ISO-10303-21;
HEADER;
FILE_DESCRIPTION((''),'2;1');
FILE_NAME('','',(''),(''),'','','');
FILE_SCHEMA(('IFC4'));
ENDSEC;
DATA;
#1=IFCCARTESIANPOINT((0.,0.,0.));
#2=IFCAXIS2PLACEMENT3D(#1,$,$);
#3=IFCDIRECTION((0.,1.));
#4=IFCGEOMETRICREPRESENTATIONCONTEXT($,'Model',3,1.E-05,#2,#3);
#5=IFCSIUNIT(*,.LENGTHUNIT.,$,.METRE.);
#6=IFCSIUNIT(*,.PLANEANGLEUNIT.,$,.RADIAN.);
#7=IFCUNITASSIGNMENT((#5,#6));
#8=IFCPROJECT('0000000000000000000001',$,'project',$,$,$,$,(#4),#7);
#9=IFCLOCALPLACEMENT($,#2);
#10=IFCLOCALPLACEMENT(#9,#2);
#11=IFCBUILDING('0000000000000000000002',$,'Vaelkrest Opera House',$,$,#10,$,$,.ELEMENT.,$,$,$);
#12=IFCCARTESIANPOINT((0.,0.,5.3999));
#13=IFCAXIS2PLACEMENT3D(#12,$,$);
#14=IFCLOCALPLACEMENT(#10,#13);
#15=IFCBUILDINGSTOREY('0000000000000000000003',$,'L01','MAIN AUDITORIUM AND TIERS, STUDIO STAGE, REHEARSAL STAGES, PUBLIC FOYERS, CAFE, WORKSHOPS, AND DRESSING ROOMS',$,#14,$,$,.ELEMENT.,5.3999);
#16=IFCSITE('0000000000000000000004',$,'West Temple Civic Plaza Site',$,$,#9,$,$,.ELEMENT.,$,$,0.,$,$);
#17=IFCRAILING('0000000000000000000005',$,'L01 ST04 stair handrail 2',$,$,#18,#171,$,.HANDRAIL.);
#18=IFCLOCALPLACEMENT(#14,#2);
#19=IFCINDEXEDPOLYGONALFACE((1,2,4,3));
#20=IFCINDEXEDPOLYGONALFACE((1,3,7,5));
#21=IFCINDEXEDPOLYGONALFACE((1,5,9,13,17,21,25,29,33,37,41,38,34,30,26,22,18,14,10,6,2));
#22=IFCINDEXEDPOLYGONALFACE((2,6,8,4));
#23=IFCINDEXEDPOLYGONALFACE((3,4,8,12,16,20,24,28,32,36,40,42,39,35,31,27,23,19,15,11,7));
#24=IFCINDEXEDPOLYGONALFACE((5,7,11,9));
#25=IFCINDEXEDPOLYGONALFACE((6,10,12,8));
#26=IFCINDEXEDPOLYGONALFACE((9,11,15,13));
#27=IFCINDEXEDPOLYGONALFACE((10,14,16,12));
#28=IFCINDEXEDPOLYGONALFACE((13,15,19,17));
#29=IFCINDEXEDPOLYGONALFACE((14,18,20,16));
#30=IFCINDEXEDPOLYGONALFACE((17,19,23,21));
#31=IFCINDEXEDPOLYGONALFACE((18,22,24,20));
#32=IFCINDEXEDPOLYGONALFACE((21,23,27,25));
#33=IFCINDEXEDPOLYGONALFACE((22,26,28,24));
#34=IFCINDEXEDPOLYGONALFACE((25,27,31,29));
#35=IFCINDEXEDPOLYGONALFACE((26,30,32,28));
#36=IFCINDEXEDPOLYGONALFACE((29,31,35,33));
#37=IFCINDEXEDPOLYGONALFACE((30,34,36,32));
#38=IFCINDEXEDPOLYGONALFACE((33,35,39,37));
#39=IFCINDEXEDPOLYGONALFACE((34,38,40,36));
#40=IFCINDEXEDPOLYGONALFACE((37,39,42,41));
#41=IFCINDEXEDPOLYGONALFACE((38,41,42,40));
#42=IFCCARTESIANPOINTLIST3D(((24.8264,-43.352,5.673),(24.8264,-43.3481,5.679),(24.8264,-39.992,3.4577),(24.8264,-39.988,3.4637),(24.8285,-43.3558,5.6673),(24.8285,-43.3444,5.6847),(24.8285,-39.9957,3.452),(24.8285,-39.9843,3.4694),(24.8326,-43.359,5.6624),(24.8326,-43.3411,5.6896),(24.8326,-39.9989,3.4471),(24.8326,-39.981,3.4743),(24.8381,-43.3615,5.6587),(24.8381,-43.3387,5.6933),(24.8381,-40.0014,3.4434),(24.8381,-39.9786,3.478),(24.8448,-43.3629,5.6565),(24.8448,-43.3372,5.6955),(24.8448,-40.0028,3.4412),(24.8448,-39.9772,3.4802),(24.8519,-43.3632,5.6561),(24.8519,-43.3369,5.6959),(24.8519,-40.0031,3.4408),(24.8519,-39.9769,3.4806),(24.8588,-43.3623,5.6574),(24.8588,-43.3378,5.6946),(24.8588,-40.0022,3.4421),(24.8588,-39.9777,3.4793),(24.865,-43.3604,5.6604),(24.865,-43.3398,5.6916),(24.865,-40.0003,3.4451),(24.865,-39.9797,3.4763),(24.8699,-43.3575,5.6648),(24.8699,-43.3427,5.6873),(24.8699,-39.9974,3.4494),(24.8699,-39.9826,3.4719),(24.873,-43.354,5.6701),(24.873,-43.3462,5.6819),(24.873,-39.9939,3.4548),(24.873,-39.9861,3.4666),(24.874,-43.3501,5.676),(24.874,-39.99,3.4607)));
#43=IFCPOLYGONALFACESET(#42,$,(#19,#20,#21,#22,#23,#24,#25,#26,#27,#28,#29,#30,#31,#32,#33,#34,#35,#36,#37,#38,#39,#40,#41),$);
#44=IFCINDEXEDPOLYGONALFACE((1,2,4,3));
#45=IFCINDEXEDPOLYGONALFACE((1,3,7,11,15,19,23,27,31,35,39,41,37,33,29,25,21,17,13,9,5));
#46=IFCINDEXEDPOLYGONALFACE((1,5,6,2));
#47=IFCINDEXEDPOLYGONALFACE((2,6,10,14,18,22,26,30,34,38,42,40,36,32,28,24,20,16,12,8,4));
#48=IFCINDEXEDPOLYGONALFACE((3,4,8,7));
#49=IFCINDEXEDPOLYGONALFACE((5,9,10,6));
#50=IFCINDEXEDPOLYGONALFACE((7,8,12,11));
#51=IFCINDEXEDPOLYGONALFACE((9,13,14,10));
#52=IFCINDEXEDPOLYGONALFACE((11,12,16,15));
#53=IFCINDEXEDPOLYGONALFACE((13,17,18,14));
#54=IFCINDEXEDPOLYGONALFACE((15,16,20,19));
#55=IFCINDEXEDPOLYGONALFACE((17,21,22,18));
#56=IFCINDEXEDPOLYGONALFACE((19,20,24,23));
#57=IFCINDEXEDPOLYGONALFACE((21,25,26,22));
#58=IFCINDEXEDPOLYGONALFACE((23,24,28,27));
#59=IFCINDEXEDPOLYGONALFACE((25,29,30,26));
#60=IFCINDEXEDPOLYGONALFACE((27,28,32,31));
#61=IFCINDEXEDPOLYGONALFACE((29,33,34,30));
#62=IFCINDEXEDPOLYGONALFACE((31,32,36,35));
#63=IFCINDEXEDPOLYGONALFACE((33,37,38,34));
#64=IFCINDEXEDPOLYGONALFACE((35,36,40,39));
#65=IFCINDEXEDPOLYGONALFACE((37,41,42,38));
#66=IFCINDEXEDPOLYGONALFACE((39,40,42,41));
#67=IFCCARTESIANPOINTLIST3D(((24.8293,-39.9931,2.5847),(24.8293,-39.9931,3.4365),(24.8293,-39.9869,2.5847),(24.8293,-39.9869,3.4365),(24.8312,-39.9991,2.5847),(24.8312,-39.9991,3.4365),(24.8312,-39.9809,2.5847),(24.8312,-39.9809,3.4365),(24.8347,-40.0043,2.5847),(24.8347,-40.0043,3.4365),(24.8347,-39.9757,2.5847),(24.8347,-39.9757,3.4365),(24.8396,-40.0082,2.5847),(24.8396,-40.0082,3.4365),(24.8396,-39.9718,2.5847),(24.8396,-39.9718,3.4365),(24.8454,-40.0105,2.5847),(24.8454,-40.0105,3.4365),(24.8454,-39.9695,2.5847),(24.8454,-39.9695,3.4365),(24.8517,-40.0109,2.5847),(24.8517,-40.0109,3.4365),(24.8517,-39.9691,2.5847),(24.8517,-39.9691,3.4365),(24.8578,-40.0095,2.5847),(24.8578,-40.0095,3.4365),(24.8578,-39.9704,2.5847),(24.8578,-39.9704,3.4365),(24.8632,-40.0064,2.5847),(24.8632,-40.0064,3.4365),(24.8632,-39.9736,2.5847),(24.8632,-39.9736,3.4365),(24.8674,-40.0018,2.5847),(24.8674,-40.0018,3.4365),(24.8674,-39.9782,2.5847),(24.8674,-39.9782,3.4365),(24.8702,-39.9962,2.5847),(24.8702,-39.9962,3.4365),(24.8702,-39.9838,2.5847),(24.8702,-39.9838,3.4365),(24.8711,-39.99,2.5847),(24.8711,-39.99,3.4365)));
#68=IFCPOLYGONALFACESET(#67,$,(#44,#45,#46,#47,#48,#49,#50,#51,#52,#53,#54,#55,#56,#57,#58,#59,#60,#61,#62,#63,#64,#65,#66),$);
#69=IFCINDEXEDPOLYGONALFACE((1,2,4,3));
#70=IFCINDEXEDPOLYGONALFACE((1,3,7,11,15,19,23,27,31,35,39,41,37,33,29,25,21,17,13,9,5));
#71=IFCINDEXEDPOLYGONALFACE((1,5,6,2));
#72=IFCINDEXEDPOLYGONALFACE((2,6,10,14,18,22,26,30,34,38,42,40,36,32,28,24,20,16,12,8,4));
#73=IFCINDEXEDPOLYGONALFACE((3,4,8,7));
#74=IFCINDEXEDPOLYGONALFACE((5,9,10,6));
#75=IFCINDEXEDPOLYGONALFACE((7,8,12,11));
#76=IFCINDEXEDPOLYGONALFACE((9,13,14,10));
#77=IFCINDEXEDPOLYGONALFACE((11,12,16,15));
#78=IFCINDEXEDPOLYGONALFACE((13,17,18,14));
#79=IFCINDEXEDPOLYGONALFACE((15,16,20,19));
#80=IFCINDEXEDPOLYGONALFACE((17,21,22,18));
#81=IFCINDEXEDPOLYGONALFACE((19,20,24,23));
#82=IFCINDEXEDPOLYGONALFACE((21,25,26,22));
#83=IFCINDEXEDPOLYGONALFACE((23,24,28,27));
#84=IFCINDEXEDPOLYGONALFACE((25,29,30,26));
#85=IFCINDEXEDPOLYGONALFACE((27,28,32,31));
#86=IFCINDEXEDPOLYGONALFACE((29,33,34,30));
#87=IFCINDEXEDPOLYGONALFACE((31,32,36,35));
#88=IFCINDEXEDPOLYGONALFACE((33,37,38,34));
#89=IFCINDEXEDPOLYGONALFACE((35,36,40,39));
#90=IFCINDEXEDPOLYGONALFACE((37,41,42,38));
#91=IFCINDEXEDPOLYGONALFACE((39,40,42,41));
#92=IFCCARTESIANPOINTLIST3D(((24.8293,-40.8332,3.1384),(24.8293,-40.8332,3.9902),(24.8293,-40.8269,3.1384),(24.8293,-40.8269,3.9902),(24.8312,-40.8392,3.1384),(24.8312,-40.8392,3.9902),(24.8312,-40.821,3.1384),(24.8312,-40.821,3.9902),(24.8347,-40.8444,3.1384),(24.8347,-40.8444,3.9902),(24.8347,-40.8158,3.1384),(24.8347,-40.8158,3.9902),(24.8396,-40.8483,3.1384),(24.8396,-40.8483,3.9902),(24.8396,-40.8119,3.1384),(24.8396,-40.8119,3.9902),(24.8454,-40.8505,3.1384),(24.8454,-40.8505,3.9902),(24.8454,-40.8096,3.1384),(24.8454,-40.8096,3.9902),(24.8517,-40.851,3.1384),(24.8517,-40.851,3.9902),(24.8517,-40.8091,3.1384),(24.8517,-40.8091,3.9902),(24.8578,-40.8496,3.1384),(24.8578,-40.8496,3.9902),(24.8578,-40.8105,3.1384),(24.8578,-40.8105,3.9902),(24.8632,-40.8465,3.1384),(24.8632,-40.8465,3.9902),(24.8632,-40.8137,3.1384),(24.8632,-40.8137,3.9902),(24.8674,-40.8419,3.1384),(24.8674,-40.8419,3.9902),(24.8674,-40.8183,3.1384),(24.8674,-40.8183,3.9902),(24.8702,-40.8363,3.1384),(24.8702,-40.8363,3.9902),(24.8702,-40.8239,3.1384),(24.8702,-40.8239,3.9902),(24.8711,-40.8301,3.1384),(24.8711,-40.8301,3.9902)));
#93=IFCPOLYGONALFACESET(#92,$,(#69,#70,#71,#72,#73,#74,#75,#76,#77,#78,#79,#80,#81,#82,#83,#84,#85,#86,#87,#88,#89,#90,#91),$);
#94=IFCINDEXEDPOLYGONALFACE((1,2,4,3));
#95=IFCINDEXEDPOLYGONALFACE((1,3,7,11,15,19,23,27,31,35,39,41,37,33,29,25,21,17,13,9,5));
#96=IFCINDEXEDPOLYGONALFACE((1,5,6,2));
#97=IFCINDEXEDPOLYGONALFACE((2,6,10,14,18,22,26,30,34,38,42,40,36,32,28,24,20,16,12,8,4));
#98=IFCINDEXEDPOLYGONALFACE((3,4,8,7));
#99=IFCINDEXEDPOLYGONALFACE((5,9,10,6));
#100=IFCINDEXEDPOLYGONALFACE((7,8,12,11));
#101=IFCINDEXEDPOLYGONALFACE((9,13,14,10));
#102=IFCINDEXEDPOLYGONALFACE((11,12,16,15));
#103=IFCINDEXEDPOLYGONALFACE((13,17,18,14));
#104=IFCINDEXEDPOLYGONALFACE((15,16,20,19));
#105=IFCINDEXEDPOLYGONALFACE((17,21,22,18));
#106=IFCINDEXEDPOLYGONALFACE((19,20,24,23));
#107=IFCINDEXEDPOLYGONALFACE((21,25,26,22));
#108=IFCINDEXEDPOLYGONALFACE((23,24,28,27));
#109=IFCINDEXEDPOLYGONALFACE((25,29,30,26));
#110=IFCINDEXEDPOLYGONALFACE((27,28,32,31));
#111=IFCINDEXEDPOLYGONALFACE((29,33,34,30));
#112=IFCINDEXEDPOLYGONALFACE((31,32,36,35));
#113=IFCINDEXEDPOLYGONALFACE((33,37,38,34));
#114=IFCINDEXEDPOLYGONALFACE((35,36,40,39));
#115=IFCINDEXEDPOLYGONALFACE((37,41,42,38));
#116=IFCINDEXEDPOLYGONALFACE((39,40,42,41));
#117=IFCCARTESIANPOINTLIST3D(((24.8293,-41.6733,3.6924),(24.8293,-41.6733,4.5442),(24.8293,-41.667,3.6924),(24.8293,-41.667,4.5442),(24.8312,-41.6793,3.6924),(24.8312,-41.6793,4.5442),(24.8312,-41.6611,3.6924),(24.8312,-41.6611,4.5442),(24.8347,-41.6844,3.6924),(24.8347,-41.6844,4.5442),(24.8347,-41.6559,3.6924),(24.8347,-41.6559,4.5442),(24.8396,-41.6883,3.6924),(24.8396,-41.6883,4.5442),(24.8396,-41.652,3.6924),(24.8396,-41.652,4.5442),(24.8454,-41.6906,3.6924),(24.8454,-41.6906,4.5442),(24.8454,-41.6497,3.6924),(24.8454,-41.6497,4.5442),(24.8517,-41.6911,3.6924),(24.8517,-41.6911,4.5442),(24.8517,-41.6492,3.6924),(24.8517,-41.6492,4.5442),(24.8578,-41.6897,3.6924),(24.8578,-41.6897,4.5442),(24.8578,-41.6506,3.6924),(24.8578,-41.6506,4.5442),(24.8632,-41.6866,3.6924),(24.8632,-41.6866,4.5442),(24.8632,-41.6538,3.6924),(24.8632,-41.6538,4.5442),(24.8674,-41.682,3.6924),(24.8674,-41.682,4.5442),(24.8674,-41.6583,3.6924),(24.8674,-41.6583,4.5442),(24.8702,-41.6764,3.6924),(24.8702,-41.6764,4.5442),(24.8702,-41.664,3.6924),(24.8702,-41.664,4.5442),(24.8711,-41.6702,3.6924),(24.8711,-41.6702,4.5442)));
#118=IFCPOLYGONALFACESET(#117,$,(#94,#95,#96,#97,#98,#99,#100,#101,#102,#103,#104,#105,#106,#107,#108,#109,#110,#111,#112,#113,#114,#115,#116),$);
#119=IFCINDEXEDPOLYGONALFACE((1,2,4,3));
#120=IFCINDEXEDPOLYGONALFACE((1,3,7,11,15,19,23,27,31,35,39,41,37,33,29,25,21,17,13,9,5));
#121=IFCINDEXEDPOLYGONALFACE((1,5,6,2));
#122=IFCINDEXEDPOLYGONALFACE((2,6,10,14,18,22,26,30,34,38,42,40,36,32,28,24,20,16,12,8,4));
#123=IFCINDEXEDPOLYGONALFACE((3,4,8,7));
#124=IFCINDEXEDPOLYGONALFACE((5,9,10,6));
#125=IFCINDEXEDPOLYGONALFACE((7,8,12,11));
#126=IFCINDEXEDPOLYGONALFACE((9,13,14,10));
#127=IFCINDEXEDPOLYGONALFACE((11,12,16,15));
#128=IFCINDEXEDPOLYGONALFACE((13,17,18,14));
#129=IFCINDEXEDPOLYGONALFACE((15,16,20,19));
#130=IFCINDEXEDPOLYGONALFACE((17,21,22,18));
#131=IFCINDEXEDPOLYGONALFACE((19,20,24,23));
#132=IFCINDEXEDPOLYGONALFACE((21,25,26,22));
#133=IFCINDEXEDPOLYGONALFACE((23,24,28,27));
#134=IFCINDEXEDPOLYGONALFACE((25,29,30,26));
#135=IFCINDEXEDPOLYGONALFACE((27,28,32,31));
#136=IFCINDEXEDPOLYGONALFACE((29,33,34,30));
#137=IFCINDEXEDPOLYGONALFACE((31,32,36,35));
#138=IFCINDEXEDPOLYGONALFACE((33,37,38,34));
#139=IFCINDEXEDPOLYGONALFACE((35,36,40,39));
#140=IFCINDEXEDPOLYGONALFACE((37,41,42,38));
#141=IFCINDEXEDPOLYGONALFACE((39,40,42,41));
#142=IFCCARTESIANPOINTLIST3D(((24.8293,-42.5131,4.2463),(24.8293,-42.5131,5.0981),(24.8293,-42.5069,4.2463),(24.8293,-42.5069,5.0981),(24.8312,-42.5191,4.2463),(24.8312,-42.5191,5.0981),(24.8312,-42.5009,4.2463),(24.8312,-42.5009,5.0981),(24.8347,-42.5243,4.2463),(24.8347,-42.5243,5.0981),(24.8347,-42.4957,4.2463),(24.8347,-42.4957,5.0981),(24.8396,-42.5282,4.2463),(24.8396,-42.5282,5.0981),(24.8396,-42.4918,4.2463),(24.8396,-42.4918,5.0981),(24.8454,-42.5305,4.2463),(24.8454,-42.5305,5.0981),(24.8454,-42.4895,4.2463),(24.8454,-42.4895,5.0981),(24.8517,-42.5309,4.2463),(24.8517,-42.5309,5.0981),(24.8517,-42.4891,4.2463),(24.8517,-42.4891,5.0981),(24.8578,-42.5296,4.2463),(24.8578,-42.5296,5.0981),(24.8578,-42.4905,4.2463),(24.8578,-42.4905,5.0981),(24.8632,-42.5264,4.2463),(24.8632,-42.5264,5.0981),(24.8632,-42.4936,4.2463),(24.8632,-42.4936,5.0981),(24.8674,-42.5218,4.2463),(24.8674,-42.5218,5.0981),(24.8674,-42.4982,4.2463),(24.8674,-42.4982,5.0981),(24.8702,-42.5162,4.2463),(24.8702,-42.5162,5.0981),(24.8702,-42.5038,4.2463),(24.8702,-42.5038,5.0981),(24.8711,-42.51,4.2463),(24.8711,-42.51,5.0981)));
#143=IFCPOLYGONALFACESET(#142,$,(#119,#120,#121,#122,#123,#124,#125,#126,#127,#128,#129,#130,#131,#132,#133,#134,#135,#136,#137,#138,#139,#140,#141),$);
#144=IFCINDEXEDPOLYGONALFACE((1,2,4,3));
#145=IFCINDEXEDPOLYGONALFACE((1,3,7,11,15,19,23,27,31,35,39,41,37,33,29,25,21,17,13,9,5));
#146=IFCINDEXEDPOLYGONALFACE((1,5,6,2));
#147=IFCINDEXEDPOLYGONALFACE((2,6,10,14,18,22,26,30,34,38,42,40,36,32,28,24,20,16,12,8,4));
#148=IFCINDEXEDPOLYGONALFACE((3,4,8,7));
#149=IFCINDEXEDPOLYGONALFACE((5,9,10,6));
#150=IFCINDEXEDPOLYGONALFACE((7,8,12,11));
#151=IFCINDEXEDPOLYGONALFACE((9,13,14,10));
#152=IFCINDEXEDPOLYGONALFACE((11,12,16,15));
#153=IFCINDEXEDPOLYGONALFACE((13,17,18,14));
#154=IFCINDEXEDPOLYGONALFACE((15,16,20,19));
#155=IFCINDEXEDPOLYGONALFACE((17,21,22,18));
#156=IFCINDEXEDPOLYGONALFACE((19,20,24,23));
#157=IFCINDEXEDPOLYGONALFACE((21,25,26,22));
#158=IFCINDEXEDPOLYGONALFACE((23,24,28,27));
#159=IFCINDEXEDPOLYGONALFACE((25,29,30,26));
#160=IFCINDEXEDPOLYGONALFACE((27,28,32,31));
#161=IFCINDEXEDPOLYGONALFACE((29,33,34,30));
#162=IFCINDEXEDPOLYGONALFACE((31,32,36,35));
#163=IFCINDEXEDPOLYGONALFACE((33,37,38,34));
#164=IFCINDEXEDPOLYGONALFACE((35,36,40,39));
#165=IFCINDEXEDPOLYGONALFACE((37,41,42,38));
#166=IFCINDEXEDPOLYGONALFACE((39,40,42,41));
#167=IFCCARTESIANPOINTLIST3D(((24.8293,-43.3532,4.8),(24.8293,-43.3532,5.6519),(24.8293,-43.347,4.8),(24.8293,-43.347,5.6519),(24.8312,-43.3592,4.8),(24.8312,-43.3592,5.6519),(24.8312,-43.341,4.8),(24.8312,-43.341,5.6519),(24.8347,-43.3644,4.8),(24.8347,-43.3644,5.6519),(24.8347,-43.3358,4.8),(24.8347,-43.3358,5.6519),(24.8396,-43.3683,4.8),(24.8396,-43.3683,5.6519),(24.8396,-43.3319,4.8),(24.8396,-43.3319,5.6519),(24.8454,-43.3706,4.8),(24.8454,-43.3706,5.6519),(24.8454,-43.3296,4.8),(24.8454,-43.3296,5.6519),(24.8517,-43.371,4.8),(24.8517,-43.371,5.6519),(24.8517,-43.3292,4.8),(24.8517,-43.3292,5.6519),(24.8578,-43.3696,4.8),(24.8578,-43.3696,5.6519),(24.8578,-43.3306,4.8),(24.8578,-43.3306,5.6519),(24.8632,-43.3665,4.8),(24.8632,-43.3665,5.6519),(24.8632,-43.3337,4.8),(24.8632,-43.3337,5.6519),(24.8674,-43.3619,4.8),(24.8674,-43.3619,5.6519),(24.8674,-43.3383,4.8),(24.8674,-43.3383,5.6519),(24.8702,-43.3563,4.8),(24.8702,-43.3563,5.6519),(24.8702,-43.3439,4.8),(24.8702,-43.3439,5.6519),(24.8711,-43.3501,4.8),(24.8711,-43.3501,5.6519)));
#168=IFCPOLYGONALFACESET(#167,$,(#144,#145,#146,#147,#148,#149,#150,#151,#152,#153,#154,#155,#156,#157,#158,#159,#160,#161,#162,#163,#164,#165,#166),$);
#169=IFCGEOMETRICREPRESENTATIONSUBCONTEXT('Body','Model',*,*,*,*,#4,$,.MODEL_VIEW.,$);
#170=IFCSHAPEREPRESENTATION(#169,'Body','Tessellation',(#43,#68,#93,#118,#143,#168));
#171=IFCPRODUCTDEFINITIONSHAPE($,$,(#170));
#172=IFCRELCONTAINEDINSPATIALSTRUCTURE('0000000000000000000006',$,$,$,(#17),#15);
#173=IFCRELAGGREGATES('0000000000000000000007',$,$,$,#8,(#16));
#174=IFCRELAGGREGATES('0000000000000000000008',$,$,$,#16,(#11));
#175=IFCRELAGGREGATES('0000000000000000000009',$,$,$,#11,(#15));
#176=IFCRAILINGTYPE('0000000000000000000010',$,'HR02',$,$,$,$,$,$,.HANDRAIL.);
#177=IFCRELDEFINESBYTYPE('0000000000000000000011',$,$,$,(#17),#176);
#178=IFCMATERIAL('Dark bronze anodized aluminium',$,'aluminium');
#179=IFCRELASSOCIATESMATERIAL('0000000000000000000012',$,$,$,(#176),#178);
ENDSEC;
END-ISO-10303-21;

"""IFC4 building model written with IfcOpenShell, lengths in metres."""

from ifc_helpers import new_model, si_unit, direction, frame, origin, origin_2d, place, context, subcontext, project, spatial, circle, extrude, material, type_object, element, save


model = new_model("IFC4")

# Units and contexts
model_context = context("Model", 3, precision=1e-05, world=origin(), true_north=direction((0.0, 1.0)))
body_context = subcontext(model_context, "Body", "Model", "MODEL_VIEW")
ifc_project = project(units=[si_unit("LENGTHUNIT", "METRE"), si_unit("PLANEANGLEUNIT", "RADIAN")], contexts=[model_context])

# Site, building, storey
site_placement = place(None, origin())
site = spatial("IfcSite", under=ifc_project, at=site_placement, Name="West Temple Civic Plaza Site", CompositionType="ELEMENT", RefElevation=0.0)
building_placement = place(site_placement, origin())
building = spatial("IfcBuilding", under=site, at=building_placement, Name="Vaelkrest Opera House", CompositionType="ELEMENT")
storey_placement = place(building_placement, frame((0.0, 0.0, 5.3999)))
storey = spatial("IfcBuildingStorey", under=building, at=storey_placement, Name="L01", Description="MAIN AUDITORIUM AND TIERS, STUDIO STAGE, REHEARSAL STAGES, PUBLIC FOYERS, CAFE, WORKSHOPS, AND DRESSING ROOMS", CompositionType="ELEMENT", Elevation=5.3999)

# Shared definitions
ifc_material_1 = material(Name="Dark bronze anodized aluminium", Category="aluminium")

# Railing
railing_type_1 = type_object("IfcRailingType", Name="HR02", PredefinedType="HANDRAIL", material=ifc_material_1)
railing_1_placement = place(storey_placement, frame((24.8501, -39.99, 2.5847)))
element("IfcRailing", 1, at=railing_1_placement, inside=storey, type_object=railing_type_1, Name="L01 ST04 stair handrail 2", PredefinedType="HANDRAIL", context=body_context, shape_type="SweptSolid", body=[
    extrude(circle(Radius=0.0239, at=origin_2d()), frame((0.0, 0.0, 0.876), z_axis=(0.0, -0.834876, 0.550437), x_axis=(1.0, 0.0, 0.0)), (0.0, 0.0, 1.0), 4.0247),
    extrude(circle(Radius=0.021, at=origin_2d()), origin(), (0.0, 0.0, 1.0), 0.8518),
    extrude(circle(Radius=0.021, at=origin_2d()), frame((0.0, -0.8401, 0.5537)), (0.0, 0.0, 1.0), 0.8518),
    extrude(circle(Radius=0.021, at=origin_2d()), frame((0.0, -1.6802, 1.1077)), (0.0, 0.0, 1.0), 0.8518),
    extrude(circle(Radius=0.021, at=origin_2d()), frame((0.0, -2.52, 1.6616)), (0.0, 0.0, 1.0), 0.8518),
    extrude(circle(Radius=0.021, at=origin_2d()), frame((0.0, -3.3601, 2.2153)), (0.0, 0.0, 1.0), 0.8518),
])

save(model, "model.ifc")
